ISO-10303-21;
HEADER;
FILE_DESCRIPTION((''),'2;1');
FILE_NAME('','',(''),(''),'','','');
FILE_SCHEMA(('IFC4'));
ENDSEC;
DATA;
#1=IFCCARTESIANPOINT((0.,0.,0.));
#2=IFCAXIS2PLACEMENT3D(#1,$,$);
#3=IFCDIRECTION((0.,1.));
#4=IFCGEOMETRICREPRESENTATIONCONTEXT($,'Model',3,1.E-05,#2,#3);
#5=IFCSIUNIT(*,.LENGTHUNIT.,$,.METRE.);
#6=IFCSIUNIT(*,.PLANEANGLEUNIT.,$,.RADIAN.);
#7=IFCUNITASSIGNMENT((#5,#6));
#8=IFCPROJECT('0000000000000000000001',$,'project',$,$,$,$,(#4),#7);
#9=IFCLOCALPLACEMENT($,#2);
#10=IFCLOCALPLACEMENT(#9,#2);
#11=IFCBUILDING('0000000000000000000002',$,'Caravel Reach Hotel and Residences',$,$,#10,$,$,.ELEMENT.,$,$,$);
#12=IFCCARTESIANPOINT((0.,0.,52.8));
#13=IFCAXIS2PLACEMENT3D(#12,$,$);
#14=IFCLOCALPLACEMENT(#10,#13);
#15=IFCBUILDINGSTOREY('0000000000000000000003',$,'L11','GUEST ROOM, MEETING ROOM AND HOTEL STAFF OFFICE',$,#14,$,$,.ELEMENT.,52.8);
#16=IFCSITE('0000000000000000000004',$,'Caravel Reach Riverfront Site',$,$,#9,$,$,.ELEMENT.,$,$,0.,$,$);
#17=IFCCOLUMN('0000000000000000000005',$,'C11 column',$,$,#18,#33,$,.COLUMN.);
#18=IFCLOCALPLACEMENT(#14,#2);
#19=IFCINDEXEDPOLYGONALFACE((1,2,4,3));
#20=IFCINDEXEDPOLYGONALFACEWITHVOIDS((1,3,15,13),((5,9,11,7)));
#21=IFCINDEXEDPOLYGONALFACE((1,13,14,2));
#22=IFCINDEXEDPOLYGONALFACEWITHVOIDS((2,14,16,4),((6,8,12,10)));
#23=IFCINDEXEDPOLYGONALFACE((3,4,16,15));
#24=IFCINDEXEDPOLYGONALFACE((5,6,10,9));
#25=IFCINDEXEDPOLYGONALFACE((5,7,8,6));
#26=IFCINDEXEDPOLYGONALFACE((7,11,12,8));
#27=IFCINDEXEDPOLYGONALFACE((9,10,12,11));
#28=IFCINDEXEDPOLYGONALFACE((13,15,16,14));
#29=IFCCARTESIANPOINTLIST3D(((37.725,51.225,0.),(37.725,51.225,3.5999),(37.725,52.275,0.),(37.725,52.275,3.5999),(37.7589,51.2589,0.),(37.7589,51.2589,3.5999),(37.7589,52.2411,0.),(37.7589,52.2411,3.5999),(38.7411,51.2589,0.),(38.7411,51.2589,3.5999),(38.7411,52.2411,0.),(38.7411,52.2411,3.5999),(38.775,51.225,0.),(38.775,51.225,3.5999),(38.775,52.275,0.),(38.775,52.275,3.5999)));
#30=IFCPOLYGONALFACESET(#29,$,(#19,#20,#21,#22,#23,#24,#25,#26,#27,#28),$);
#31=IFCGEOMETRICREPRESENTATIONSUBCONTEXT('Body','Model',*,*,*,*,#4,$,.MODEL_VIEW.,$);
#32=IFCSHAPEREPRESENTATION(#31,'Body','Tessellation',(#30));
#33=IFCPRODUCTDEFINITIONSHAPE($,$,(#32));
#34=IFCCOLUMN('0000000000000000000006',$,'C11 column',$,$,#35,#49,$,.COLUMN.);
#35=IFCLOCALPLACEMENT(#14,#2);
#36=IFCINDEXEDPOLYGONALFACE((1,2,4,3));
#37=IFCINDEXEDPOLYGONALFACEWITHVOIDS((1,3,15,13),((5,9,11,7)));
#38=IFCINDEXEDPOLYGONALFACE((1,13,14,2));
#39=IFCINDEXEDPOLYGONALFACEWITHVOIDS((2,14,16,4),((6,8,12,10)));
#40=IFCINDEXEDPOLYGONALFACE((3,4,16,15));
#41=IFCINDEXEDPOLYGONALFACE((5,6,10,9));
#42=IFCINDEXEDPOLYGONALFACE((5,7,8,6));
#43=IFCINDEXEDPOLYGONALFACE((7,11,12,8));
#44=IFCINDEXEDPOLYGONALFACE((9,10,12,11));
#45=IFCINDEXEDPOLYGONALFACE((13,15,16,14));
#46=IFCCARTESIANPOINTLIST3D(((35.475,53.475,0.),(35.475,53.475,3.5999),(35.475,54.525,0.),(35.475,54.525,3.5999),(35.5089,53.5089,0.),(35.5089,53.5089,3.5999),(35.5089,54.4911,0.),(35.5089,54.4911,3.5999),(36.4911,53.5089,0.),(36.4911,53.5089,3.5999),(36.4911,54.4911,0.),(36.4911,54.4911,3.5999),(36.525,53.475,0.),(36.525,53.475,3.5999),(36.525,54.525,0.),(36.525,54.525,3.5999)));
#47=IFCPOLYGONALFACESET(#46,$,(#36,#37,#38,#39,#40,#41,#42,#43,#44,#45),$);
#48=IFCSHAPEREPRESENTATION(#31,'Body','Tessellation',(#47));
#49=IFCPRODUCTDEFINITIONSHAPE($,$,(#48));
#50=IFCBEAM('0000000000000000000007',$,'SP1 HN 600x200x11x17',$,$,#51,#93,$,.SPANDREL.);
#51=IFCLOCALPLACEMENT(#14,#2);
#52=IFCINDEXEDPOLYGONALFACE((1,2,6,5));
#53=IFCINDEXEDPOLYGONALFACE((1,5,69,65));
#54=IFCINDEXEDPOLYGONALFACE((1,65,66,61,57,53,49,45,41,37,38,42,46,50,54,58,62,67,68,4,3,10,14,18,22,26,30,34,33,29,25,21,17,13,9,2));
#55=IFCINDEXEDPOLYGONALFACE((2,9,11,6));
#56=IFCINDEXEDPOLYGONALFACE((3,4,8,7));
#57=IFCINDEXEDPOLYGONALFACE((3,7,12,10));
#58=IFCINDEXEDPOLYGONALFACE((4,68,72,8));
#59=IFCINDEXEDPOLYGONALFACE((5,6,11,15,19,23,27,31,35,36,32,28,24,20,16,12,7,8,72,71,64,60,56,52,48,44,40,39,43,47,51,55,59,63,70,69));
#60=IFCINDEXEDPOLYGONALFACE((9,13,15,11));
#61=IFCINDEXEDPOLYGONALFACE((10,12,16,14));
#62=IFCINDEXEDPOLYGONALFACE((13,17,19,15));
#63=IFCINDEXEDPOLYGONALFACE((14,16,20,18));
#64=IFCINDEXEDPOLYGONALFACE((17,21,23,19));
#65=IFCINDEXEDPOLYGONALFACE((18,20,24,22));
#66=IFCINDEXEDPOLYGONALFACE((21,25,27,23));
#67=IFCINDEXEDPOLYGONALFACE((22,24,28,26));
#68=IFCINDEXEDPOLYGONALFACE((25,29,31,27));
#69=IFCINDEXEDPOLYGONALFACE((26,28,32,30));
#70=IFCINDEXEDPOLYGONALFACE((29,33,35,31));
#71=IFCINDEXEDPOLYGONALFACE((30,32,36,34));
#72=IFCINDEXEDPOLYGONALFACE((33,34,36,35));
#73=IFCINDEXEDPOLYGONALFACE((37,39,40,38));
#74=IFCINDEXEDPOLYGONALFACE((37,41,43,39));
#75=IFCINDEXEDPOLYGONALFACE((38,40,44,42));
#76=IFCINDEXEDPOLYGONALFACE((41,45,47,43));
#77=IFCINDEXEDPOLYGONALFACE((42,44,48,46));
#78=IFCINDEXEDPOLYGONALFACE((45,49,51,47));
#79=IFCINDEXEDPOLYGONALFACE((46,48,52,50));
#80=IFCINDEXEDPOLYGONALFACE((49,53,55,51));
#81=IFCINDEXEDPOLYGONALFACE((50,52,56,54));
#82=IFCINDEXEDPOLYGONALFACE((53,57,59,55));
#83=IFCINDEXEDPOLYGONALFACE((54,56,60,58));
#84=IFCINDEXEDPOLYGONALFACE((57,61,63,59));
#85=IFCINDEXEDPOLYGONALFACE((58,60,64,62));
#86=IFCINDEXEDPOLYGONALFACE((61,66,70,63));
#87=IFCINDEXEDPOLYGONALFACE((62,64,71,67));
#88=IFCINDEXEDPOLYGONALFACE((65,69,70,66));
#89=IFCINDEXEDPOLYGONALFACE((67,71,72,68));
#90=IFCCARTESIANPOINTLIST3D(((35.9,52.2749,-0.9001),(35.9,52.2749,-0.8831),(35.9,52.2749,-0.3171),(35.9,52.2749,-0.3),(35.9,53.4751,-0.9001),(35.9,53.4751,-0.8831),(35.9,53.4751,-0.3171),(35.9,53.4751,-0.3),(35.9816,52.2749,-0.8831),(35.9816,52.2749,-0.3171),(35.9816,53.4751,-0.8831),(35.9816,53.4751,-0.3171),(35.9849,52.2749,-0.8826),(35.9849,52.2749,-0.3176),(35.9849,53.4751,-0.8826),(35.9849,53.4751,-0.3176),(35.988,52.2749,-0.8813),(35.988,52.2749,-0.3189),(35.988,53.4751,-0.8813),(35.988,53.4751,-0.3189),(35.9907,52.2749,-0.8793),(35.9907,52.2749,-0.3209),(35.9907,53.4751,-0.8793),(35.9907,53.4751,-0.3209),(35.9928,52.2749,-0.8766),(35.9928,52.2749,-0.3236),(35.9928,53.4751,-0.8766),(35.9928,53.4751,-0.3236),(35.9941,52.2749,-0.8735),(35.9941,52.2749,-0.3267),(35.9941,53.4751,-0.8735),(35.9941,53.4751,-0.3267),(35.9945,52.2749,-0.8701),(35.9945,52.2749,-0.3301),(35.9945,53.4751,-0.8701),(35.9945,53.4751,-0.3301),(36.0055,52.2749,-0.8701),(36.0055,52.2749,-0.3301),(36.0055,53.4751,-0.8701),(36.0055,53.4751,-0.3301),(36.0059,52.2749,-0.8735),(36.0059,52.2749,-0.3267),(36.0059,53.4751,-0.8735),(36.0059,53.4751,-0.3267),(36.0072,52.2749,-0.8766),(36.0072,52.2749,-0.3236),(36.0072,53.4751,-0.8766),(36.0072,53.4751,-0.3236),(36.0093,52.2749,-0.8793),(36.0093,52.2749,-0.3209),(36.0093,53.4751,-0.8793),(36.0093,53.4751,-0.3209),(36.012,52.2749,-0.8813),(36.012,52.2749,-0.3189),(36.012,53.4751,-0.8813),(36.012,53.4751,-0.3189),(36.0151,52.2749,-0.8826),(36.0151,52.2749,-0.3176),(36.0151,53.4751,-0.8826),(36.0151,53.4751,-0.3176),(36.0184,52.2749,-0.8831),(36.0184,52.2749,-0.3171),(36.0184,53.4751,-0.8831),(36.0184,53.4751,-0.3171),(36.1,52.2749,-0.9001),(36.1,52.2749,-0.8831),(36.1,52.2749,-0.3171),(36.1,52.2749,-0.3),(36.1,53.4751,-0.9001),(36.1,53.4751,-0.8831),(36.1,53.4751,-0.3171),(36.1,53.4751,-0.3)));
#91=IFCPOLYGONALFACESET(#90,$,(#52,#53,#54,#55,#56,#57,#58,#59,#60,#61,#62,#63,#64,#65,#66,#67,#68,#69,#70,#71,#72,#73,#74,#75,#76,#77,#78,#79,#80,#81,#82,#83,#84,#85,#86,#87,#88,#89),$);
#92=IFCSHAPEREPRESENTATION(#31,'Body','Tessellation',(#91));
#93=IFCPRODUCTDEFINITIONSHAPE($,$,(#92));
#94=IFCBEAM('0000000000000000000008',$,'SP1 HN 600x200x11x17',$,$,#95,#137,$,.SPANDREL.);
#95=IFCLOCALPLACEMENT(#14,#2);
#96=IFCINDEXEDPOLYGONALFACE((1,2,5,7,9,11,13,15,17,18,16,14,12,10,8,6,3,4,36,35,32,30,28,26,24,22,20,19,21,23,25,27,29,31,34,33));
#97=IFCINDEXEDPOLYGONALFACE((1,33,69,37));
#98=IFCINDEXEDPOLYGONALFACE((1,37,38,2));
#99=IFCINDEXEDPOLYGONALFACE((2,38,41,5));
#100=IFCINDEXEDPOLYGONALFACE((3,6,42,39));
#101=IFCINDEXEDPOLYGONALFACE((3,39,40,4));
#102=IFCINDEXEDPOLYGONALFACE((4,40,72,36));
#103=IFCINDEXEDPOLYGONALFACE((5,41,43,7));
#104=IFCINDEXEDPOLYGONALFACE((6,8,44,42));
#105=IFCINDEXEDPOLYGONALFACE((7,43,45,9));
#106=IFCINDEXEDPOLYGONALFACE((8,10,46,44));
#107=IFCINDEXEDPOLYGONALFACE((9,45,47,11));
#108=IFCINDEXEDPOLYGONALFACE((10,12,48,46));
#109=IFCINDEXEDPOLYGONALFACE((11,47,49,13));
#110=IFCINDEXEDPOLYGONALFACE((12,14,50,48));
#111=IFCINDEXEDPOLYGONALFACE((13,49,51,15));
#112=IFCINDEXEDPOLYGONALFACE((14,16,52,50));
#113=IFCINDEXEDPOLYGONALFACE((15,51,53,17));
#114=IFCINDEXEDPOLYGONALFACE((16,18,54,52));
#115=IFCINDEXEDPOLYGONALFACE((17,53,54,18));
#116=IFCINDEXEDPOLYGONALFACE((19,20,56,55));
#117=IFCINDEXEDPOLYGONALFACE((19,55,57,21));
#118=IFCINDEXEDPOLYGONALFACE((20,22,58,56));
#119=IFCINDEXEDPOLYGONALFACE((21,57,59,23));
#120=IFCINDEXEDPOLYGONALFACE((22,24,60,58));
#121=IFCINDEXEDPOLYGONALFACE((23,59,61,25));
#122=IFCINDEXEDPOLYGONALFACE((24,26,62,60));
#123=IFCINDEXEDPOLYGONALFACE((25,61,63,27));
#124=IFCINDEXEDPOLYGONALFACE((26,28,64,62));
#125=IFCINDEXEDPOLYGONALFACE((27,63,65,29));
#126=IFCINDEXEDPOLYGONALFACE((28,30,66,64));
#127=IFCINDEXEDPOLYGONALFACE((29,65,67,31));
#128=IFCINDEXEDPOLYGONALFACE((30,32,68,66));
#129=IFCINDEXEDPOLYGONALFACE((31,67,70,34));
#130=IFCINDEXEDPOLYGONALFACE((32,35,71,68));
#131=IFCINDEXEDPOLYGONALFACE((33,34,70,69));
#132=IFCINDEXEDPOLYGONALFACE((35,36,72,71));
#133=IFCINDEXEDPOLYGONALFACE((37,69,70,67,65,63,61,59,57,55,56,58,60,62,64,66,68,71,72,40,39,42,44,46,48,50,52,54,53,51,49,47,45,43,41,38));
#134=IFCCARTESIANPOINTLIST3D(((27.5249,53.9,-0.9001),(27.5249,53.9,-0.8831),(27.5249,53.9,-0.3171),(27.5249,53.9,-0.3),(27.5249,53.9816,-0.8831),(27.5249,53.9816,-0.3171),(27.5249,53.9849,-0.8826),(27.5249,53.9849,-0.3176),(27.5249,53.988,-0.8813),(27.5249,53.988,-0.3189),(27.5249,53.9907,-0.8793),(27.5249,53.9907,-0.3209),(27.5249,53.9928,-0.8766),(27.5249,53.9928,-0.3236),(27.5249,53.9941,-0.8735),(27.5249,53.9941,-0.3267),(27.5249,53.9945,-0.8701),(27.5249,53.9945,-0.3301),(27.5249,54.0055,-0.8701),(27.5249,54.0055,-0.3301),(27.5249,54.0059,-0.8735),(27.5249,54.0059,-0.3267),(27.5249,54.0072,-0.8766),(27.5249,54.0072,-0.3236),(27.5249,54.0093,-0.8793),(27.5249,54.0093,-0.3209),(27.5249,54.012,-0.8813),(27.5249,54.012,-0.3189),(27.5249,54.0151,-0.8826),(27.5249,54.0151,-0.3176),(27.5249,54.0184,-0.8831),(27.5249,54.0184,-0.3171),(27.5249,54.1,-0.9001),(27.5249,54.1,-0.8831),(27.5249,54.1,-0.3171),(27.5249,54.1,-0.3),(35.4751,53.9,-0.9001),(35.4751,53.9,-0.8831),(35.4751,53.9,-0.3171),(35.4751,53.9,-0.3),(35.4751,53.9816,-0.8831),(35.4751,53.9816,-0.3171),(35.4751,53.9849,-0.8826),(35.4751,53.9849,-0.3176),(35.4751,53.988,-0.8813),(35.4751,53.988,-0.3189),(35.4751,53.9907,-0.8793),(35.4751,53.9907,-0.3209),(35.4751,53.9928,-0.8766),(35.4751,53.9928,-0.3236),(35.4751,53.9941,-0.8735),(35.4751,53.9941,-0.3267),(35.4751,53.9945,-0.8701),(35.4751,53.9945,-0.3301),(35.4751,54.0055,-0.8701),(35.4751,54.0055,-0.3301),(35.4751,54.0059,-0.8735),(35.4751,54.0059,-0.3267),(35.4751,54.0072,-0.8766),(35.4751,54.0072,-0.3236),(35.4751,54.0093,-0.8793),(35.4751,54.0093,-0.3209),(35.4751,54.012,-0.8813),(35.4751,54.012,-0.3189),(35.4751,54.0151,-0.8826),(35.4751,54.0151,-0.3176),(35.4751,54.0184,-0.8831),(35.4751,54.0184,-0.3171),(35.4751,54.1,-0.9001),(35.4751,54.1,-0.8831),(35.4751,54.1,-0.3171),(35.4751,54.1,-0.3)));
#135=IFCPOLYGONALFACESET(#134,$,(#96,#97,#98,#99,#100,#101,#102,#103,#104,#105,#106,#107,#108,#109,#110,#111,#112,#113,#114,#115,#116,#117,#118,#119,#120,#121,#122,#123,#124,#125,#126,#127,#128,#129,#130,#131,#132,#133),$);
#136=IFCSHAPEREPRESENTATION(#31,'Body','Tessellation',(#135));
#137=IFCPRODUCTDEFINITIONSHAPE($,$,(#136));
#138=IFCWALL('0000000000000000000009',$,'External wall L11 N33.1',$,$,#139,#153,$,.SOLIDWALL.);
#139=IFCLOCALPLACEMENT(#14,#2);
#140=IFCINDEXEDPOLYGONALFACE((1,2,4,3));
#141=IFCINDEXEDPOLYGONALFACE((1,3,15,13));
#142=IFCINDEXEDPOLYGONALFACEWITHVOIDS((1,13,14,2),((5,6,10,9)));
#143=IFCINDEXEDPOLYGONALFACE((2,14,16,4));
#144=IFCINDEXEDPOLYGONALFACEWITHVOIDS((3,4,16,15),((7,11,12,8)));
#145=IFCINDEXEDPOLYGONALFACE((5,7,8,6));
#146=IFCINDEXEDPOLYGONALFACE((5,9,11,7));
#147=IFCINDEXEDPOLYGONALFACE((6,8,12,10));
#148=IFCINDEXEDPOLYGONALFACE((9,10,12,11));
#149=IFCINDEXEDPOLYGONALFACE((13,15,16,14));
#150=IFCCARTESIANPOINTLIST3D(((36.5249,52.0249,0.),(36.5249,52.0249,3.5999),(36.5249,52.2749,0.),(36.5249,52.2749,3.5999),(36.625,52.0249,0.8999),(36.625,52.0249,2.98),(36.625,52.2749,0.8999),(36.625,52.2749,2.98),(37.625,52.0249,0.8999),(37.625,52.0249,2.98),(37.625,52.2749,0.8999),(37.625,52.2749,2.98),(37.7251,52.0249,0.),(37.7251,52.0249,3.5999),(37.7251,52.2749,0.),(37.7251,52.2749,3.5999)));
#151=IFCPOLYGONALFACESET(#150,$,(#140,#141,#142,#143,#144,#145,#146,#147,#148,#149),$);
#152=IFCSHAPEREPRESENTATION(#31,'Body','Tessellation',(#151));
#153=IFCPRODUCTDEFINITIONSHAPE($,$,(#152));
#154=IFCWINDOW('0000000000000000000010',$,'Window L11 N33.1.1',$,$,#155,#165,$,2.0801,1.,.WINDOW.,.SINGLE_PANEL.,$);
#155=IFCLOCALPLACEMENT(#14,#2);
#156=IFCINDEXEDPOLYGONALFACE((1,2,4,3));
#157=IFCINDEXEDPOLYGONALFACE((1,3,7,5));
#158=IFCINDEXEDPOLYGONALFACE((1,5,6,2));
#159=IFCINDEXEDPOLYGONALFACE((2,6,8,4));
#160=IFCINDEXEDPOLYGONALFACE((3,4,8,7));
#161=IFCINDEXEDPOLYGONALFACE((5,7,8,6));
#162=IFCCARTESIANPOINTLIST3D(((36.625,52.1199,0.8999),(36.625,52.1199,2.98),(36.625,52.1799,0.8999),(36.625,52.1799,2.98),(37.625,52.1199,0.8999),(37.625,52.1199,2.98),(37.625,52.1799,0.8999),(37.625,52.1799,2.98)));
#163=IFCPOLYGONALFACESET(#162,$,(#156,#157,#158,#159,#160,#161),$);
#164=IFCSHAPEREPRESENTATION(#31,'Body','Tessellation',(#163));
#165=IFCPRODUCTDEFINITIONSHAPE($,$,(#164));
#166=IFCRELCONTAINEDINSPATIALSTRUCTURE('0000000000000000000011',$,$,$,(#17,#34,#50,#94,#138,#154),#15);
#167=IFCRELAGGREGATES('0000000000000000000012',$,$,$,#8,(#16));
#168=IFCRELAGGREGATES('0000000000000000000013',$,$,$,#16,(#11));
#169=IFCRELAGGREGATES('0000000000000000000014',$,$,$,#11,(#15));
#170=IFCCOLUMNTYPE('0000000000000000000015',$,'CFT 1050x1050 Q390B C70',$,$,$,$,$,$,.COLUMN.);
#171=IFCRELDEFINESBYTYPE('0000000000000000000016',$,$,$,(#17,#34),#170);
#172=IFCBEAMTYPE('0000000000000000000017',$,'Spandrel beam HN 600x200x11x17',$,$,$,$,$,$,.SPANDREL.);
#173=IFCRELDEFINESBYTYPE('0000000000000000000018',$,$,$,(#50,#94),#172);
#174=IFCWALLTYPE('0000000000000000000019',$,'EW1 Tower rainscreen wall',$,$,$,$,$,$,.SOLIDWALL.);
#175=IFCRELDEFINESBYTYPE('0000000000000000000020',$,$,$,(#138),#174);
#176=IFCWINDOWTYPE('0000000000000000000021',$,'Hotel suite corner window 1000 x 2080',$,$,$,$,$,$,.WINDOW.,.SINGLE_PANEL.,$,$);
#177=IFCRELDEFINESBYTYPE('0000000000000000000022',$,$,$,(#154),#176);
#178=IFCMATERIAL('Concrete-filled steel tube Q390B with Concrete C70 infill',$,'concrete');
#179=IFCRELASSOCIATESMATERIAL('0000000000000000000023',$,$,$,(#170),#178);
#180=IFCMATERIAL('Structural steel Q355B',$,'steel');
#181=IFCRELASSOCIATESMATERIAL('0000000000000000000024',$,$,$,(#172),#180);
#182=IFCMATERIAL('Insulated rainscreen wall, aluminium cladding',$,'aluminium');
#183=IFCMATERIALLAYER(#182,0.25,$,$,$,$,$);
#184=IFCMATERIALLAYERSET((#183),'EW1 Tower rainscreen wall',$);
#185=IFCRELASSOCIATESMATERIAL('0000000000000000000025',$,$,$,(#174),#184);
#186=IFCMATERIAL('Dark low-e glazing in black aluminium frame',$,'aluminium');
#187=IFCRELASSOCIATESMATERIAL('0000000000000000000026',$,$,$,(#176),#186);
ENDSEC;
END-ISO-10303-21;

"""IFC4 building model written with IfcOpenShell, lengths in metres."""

from ifc_helpers import new_model, si_unit, direction, frame, frame_2d, origin, origin_2d, place, context, subcontext, project, spatial, rectangle, hollow_rectangle, i_section, extrude, material, layer, layer_set, material_profile, profile_set, type_object, element, fill, save


model = new_model("IFC4")

# Units and contexts
model_context = context("Model", 3, precision=1e-05, world=origin(), true_north=direction((0.0, 1.0)))
body_context = subcontext(model_context, "Body", "Model", "MODEL_VIEW")
ifc_project = project(units=[si_unit("LENGTHUNIT", "METRE"), si_unit("PLANEANGLEUNIT", "RADIAN")], contexts=[model_context])

# Site, building, storey
site_placement = place(None, origin())
site = spatial("IfcSite", under=ifc_project, at=site_placement, Name="Caravel Reach Riverfront Site", CompositionType="ELEMENT", RefElevation=0.0)
building_placement = place(site_placement, origin())
building = spatial("IfcBuilding", under=site, at=building_placement, Name="Caravel Reach Hotel and Residences", CompositionType="ELEMENT")
storey_placement = place(building_placement, frame((0.0, 0.0, 52.8)))
storey = spatial("IfcBuildingStorey", under=building, at=storey_placement, Name="L11", Description="GUEST ROOM, MEETING ROOM AND HOTEL STAFF OFFICE", CompositionType="ELEMENT", Elevation=52.8)

# Columns
ifc_material_1 = material(Name="Concrete-filled steel tube Q390B with Concrete C70 infill", Category="concrete")
ifc_material_profile_1 = material_profile(ifc_material_1, hollow_rectangle(XDim=1.05, YDim=1.05, WallThickness=0.0339, at=origin_2d()), Name="RHS 1050x1050x34")
ifc_profile_set_1 = profile_set([ifc_material_profile_1], Name="Concrete-filled steel tube Q390B with Concrete C70 infill")
column_type = type_object("IfcColumnType", Name="CFT 1050x1050 Q390B C70", PredefinedType="COLUMN", material=ifc_profile_set_1)
for number, where, z_axis, x_axis, name in (
    (1, (38.25, 51.75, 0.0), (0.0, 0.0, 1.0), (1.0, 0.0, 0.0), "C11 column"),
    (2, (36.0, 54.0, 0.0), (0.0, 0.0, 1.0), (1.0, 0.0, 0.0), "C11 column"),
):
    element("IfcColumn", number, at=place(storey_placement, frame(where, z_axis=z_axis, x_axis=x_axis)), inside=storey, type_object=column_type, Name=name, PredefinedType="COLUMN", context=body_context, shape_type="SweptSolid", body=[
        extrude(hollow_rectangle(XDim=1.05, YDim=1.05, WallThickness=0.0339, at=origin_2d()), origin(), (0.0, 0.0, 1.0), 3.5999),
    ])

# Beams
ifc_material_2 = material(Name="Structural steel Q355B", Category="steel")
ifc_material_profile_2 = material_profile(ifc_material_2, i_section(OverallWidth=0.2, OverallDepth=0.6001, WebThickness=0.011, FlangeThickness=0.0171, FilletRadius=0.0129, at=origin_2d()), Name="HN 600x200x11x17")
ifc_profile_set_2 = profile_set([ifc_material_profile_2], Name="Structural steel Q355B")
beam_type = type_object("IfcBeamType", Name="Spandrel beam HN 600x200x11x17", PredefinedType="SPANDREL", material=ifc_profile_set_2)
beam_1_placement = place(storey_placement, frame((36.0, 52.2749, -0.6001), z_axis=(0.0, 1.0, 0.0), x_axis=(-1.0, 0.0, 0.0)))
element("IfcBeam", 3, at=beam_1_placement, inside=storey, type_object=beam_type, Name="SP1 HN 600x200x11x17", PredefinedType="SPANDREL", context=body_context, shape_type="SweptSolid", body=[
    extrude(i_section(OverallWidth=0.2, OverallDepth=0.6001, WebThickness=0.011, FlangeThickness=0.0171, FilletRadius=0.0129, at=origin_2d()), origin(), (0.0, 0.0, 1.0), 1.2002),
])
beam_2_placement = place(storey_placement, frame((35.4751, 54.0, -0.6001), z_axis=(-1.0, 0.0, 0.0), x_axis=(0.0, -1.0, 0.0)))
element("IfcBeam", 4, at=beam_2_placement, inside=storey, type_object=beam_type, Name="SP1 HN 600x200x11x17", PredefinedType="SPANDREL", context=body_context, shape_type="SweptSolid", body=[
    extrude(i_section(OverallWidth=0.2, OverallDepth=0.6001, WebThickness=0.011, FlangeThickness=0.0171, FilletRadius=0.0129, at=origin_2d()), origin(), (0.0, 0.0, 1.0), 7.9502),
])

# Wall, opening, window
ifc_material_3 = material(Name="Insulated rainscreen wall, aluminium cladding", Category="aluminium")
ifc_layer = layer(ifc_material_3, 0.25)
ifc_layer_set = layer_set([ifc_layer], Name="EW1 Tower rainscreen wall")
wall_type = type_object("IfcWallType", Name="EW1 Tower rainscreen wall", PredefinedType="SOLIDWALL", material=ifc_layer_set)
wall_1_placement = place(storey_placement, frame((37.7251, 52.1499, 0.0), z_axis=(0.0, 0.0, 1.0), x_axis=(-1.0, 0.0, 0.0)))
wall_1 = element("IfcWall", 5, at=wall_1_placement, inside=storey, type_object=wall_type, Name="External wall L11 N33.1", PredefinedType="SOLIDWALL", context=body_context, shape_type="SweptSolid", body=[
    extrude(rectangle(XDim=1.2002, YDim=0.25, at=frame_2d((0.6001, 0.0))), origin(), (0.0, 0.0, 1.0), 3.5999),
])
opening_1_placement = place(wall_1_placement, frame((0.1001, 0.0, 0.8999)))
opening_1 = element("IfcOpeningElement", 6, at=opening_1_placement, cuts=wall_1, PredefinedType="OPENING", context=body_context, shape_type="SweptSolid", body=[
    extrude(rectangle(XDim=1.0, YDim=2.0801, at=frame_2d((0.5, 1.04))), frame((0.0, 0.135, 0.0), z_axis=(0.0, -1.0, 0.0), x_axis=(1.0, 0.0, 0.0)), (0.0, 0.0, 1.0), 0.27),
])
ifc_material_4 = material(Name="Dark low-e glazing in black aluminium frame", Category="aluminium")
window_type_1 = type_object("IfcWindowType", Name="Hotel suite corner window 1000 x 2080", PartitioningType="SINGLE_PANEL", PredefinedType="WINDOW", material=ifc_material_4)
window_1_placement = place(opening_1_placement, origin())
window_1 = element("IfcWindow", 7, at=window_1_placement, inside=storey, type_object=window_type_1, Name="Window L11 N33.1.1", OverallHeight=2.0801, OverallWidth=1.0, PartitioningType="SINGLE_PANEL", PredefinedType="WINDOW", context=body_context, shape_type="SweptSolid", body=[
    extrude(rectangle(XDim=1.0, YDim=2.0801, at=frame_2d((0.5, 1.04))), frame((0.0, 0.03, 0.0), z_axis=(0.0, -1.0, 0.0), x_axis=(1.0, 0.0, 0.0)), (0.0, 0.0, 1.0), 0.0601),
])
fill(opening_1, window_1)

save(model, "model.ifc")
